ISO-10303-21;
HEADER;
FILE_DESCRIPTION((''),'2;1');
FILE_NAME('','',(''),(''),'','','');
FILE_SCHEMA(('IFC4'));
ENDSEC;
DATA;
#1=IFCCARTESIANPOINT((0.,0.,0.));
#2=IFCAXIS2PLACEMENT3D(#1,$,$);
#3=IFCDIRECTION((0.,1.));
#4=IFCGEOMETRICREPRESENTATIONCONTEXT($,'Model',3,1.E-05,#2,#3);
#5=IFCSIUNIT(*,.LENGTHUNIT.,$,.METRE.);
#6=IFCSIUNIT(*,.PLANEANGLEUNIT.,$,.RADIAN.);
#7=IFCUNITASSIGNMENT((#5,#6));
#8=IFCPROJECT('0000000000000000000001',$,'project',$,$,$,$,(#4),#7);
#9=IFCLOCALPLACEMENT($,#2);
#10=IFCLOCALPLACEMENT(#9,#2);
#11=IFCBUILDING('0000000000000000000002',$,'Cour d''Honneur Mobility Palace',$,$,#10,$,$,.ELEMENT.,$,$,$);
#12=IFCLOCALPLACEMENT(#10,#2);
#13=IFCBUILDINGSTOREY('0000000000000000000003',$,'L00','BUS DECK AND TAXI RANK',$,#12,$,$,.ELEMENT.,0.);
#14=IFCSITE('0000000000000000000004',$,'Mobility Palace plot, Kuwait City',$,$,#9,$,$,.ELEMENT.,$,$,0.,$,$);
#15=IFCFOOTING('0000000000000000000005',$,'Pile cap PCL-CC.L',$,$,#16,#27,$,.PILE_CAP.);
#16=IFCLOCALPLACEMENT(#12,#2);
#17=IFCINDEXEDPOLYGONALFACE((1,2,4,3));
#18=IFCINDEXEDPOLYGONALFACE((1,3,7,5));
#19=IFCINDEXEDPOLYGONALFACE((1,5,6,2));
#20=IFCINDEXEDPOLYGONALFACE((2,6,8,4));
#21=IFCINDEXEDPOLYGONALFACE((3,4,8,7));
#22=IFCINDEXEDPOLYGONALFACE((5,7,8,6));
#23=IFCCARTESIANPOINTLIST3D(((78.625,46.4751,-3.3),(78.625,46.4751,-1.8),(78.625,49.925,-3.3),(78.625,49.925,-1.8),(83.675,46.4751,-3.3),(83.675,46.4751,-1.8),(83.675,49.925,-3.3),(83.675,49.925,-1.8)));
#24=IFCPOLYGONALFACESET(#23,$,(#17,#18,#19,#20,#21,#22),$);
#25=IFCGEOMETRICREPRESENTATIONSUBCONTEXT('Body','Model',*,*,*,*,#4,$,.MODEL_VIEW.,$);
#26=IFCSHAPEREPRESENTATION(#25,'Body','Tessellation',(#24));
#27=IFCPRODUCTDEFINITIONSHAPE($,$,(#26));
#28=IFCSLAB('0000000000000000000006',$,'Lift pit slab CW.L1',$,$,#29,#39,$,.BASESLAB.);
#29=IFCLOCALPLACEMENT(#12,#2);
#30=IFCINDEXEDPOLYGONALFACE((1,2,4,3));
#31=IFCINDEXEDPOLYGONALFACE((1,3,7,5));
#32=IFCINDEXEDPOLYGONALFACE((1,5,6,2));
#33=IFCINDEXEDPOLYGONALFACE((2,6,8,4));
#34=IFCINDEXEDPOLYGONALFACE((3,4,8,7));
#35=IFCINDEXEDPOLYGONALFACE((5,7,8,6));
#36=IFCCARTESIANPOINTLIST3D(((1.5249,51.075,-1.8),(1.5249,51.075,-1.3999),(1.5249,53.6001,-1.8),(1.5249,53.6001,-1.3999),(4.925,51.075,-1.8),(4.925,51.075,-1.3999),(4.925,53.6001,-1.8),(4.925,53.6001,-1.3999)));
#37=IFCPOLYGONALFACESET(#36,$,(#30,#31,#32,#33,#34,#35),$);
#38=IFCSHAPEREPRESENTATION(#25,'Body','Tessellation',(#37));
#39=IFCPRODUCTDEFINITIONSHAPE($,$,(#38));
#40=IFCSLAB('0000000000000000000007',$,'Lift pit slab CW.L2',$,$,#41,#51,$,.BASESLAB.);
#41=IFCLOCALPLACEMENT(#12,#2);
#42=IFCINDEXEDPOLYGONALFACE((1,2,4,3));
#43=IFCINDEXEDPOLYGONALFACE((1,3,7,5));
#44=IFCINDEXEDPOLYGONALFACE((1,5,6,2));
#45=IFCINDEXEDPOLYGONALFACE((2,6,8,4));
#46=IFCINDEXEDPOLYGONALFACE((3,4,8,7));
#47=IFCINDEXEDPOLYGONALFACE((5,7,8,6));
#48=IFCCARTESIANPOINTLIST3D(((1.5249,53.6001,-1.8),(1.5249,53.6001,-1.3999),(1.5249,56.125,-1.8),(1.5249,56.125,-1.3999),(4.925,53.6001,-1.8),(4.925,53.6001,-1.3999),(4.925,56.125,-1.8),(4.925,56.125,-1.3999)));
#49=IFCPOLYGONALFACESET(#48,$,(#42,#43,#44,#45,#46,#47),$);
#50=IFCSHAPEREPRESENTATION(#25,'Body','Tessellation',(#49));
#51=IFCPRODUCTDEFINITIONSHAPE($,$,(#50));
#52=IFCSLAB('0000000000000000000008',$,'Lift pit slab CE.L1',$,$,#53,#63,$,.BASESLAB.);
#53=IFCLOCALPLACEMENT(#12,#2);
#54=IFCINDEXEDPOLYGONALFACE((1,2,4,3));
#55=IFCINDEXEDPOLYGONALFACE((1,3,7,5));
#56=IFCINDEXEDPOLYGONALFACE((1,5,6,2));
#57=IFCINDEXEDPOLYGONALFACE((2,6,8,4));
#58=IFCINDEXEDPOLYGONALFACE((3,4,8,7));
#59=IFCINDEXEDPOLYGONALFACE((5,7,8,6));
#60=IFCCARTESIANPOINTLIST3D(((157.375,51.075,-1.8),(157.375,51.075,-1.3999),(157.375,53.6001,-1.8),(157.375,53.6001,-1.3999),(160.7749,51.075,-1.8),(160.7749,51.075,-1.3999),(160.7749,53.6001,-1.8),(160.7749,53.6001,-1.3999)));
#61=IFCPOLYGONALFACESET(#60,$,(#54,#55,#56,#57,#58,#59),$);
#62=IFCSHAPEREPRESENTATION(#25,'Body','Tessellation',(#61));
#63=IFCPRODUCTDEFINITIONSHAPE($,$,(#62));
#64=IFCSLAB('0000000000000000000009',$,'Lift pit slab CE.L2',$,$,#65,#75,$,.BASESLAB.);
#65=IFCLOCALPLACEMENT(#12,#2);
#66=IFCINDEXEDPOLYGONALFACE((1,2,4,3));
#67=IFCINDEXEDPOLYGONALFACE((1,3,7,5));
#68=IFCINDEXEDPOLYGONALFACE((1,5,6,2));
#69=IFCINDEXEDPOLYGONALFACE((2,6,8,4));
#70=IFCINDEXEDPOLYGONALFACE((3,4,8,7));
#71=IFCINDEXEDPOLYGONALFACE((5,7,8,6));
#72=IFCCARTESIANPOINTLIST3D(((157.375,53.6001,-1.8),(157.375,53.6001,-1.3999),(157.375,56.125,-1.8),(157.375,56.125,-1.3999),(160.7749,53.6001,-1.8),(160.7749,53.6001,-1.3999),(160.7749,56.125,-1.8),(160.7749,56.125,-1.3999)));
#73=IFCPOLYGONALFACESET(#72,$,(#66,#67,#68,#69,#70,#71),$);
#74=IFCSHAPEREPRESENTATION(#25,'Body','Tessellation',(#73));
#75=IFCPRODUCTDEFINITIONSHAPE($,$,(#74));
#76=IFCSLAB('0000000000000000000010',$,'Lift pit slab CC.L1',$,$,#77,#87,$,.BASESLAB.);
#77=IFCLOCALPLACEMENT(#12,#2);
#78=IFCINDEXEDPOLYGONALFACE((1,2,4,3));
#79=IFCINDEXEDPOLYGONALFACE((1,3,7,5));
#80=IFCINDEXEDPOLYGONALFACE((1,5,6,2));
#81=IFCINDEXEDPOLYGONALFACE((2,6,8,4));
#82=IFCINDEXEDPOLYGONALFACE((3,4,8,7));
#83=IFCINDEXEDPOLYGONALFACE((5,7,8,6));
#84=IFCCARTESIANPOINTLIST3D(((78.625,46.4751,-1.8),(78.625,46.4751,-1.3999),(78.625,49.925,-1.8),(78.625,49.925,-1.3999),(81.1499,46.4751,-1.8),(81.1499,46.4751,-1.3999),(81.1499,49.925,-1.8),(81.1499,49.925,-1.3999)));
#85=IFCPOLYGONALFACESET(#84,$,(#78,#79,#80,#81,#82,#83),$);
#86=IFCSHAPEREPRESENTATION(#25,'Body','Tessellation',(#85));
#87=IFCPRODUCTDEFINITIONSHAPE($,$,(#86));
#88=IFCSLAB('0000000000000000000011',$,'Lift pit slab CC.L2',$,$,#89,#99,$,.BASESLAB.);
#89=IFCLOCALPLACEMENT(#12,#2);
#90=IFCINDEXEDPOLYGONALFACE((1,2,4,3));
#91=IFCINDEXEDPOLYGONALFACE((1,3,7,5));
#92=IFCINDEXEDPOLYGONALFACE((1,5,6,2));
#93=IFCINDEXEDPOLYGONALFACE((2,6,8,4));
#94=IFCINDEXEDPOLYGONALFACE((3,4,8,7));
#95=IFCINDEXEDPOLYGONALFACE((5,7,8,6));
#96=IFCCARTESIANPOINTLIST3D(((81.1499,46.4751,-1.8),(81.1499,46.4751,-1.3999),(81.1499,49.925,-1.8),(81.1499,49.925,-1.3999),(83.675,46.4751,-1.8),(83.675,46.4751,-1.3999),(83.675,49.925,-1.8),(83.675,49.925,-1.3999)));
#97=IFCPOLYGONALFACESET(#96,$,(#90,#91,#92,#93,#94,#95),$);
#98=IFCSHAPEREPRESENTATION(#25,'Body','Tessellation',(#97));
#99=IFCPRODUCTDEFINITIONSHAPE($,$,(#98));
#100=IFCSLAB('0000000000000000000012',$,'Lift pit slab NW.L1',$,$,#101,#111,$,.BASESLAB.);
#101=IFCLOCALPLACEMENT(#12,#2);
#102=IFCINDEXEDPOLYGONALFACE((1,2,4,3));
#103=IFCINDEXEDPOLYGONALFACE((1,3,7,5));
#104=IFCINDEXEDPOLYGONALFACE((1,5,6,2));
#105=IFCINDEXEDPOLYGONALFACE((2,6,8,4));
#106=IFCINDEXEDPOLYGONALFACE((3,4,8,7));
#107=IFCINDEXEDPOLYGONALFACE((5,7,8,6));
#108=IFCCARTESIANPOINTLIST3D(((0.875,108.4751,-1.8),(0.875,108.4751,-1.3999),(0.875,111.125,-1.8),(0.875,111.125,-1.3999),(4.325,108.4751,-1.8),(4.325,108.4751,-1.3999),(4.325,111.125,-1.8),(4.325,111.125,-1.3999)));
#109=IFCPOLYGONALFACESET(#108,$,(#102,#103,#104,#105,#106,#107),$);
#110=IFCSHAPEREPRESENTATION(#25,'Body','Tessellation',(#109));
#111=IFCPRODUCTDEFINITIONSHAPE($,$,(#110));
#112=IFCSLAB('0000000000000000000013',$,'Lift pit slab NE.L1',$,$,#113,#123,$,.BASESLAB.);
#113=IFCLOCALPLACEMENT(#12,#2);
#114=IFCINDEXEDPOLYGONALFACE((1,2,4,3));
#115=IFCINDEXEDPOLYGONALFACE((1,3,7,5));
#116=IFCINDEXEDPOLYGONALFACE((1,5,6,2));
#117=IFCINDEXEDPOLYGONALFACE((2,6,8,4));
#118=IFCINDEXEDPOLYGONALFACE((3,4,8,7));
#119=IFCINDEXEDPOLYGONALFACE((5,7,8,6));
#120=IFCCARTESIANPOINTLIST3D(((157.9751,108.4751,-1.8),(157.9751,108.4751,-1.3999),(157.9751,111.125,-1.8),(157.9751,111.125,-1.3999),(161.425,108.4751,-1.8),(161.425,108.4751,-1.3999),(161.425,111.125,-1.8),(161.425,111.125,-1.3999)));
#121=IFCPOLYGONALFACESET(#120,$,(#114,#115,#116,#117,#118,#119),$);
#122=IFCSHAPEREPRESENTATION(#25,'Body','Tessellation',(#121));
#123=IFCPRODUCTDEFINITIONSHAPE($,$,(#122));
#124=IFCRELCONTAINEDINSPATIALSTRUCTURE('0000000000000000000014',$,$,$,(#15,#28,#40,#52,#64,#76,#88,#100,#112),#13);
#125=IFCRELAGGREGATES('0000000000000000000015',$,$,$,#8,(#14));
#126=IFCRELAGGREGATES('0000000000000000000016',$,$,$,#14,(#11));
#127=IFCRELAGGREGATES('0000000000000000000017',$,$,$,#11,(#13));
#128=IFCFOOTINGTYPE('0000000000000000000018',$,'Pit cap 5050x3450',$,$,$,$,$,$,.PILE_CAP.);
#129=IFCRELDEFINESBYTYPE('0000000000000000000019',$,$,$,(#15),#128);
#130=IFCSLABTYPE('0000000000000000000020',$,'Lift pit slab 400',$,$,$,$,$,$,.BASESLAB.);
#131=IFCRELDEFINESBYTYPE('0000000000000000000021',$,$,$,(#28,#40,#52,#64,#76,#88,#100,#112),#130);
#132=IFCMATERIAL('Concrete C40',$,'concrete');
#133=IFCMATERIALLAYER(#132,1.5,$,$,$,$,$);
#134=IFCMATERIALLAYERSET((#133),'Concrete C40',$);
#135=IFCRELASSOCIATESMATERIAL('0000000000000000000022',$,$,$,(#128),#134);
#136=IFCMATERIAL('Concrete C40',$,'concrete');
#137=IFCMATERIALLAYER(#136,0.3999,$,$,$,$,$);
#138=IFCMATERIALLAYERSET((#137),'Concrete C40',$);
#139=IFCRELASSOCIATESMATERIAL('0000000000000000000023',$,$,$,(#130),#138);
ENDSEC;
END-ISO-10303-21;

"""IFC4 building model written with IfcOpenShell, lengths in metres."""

from ifc_helpers import new_model, si_unit, direction, frame, origin, place, context, subcontext, project, spatial, polyline, outline, extrude, material, layer, layer_set, type_object, element, save


model = new_model("IFC4")

# Units and contexts
model_context = context("Model", 3, precision=1e-05, world=origin(), true_north=direction((0.0, 1.0)))
body_context = subcontext(model_context, "Body", "Model", "MODEL_VIEW")
ifc_project = project(units=[si_unit("LENGTHUNIT", "METRE"), si_unit("PLANEANGLEUNIT", "RADIAN")], contexts=[model_context])

# Site, building, storey
site_placement = place(None, origin())
site = spatial("IfcSite", under=ifc_project, at=site_placement, Name="Mobility Palace plot, Kuwait City", CompositionType="ELEMENT", RefElevation=0.0)
building_placement = place(site_placement, origin())
building = spatial("IfcBuilding", under=site, at=building_placement, Name="Cour d'Honneur Mobility Palace", CompositionType="ELEMENT")
storey_placement = place(building_placement, origin())
storey = spatial("IfcBuildingStorey", under=building, at=storey_placement, Name="L00", Description="BUS DECK AND TAXI RANK", CompositionType="ELEMENT", Elevation=0.0)

# Footing
ifc_material_1 = material(Name="Concrete C40", Category="concrete")
ifc_layer_1 = layer(ifc_material_1, 1.5)
ifc_layer_set_1 = layer_set([ifc_layer_1], Name="Concrete C40")
footing_type_1 = type_object("IfcFootingType", Name="Pit cap 5050x3450", PredefinedType="PILE_CAP", material=ifc_layer_set_1)
footing_1_placement = place(storey_placement, frame((0.0, 0.0, -3.3)))
element("IfcFooting", 1, at=footing_1_placement, inside=storey, type_object=footing_type_1, Name="Pile cap PCL-CC.L", PredefinedType="PILE_CAP", context=body_context, shape_type="SweptSolid", body=[
    extrude(outline(polyline([(78.625, 46.4751), (83.675, 46.4751), (83.675, 49.925), (78.625, 49.925), (78.625, 46.4751)])), origin(), (0.0, 0.0, 1.0), 1.5),
])

# Slabs
ifc_material_2 = material(Name="Concrete C40", Category="concrete")
ifc_layer_2 = layer(ifc_material_2, 0.3999)
ifc_layer_set_2 = layer_set([ifc_layer_2], Name="Concrete C40")
slab_type = type_object("IfcSlabType", Name="Lift pit slab 400", PredefinedType="BASESLAB", material=ifc_layer_set_2)
slab_1_placement = place(storey_placement, frame((0.0, 0.0, -1.8)))
element("IfcSlab", 2, at=slab_1_placement, inside=storey, type_object=slab_type, Name="Lift pit slab CW.L1", PredefinedType="BASESLAB", context=body_context, shape_type="SweptSolid", body=[
    extrude(outline(polyline([(1.5249, 51.075), (4.925, 51.075), (4.925, 53.6001), (1.5249, 53.6001), (1.5249, 51.075)])), origin(), (0.0, 0.0, 1.0), 0.4001),
])
slab_2_placement = place(storey_placement, frame((0.0, 0.0, -1.8)))
element("IfcSlab", 3, at=slab_2_placement, inside=storey, type_object=slab_type, Name="Lift pit slab CW.L2", PredefinedType="BASESLAB", context=body_context, shape_type="SweptSolid", body=[
    extrude(outline(polyline([(1.5249, 53.6001), (4.925, 53.6001), (4.925, 56.125), (1.5249, 56.125), (1.5249, 53.6001)])), origin(), (0.0, 0.0, 1.0), 0.4001),
])
slab_3_placement = place(storey_placement, frame((0.0, 0.0, -1.8)))
element("IfcSlab", 4, at=slab_3_placement, inside=storey, type_object=slab_type, Name="Lift pit slab CE.L1", PredefinedType="BASESLAB", context=body_context, shape_type="SweptSolid", body=[
    extrude(outline(polyline([(157.375, 51.075), (160.7749, 51.075), (160.7749, 53.6001), (157.375, 53.6001), (157.375, 51.075)])), origin(), (0.0, 0.0, 1.0), 0.4001),
])
slab_4_placement = place(storey_placement, frame((0.0, 0.0, -1.8)))
element("IfcSlab", 5, at=slab_4_placement, inside=storey, type_object=slab_type, Name="Lift pit slab CE.L2", PredefinedType="BASESLAB", context=body_context, shape_type="SweptSolid", body=[
    extrude(outline(polyline([(157.375, 53.6001), (160.7749, 53.6001), (160.7749, 56.125), (157.375, 56.125), (157.375, 53.6001)])), origin(), (0.0, 0.0, 1.0), 0.4001),
])
slab_5_placement = place(storey_placement, frame((0.0, 0.0, -1.8)))
element("IfcSlab", 6, at=slab_5_placement, inside=storey, type_object=slab_type, Name="Lift pit slab CC.L1", PredefinedType="BASESLAB", context=body_context, shape_type="SweptSolid", body=[
    extrude(outline(polyline([(78.625, 46.4751), (81.1499, 46.4751), (81.1499, 49.925), (78.625, 49.925), (78.625, 46.4751)])), origin(), (0.0, 0.0, 1.0), 0.4001),
])
slab_6_placement = place(storey_placement, frame((0.0, 0.0, -1.8)))
element("IfcSlab", 7, at=slab_6_placement, inside=storey, type_object=slab_type, Name="Lift pit slab CC.L2", PredefinedType="BASESLAB", context=body_context, shape_type="SweptSolid", body=[
    extrude(outline(polyline([(81.1499, 46.4751), (83.675, 46.4751), (83.675, 49.925), (81.1499, 49.925), (81.1499, 46.4751)])), origin(), (0.0, 0.0, 1.0), 0.4001),
])
slab_7_placement = place(storey_placement, frame((0.0, 0.0, -1.8)))
element("IfcSlab", 8, at=slab_7_placement, inside=storey, type_object=slab_type, Name="Lift pit slab NW.L1", PredefinedType="BASESLAB", context=body_context, shape_type="SweptSolid", body=[
    extrude(outline(polyline([(0.875, 108.4751), (4.325, 108.4751), (4.325, 111.125), (0.875, 111.125), (0.875, 108.4751)])), origin(), (0.0, 0.0, 1.0), 0.4001),
])
slab_8_placement = place(storey_placement, frame((0.0, 0.0, -1.8)))
element("IfcSlab", 9, at=slab_8_placement, inside=storey, type_object=slab_type, Name="Lift pit slab NE.L1", PredefinedType="BASESLAB", context=body_context, shape_type="SweptSolid", body=[
    extrude(outline(polyline([(157.9751, 108.4751), (161.425, 108.4751), (161.425, 111.125), (157.9751, 111.125), (157.9751, 108.4751)])), origin(), (0.0, 0.0, 1.0), 0.4001),
])

save(model, "model.ifc")
